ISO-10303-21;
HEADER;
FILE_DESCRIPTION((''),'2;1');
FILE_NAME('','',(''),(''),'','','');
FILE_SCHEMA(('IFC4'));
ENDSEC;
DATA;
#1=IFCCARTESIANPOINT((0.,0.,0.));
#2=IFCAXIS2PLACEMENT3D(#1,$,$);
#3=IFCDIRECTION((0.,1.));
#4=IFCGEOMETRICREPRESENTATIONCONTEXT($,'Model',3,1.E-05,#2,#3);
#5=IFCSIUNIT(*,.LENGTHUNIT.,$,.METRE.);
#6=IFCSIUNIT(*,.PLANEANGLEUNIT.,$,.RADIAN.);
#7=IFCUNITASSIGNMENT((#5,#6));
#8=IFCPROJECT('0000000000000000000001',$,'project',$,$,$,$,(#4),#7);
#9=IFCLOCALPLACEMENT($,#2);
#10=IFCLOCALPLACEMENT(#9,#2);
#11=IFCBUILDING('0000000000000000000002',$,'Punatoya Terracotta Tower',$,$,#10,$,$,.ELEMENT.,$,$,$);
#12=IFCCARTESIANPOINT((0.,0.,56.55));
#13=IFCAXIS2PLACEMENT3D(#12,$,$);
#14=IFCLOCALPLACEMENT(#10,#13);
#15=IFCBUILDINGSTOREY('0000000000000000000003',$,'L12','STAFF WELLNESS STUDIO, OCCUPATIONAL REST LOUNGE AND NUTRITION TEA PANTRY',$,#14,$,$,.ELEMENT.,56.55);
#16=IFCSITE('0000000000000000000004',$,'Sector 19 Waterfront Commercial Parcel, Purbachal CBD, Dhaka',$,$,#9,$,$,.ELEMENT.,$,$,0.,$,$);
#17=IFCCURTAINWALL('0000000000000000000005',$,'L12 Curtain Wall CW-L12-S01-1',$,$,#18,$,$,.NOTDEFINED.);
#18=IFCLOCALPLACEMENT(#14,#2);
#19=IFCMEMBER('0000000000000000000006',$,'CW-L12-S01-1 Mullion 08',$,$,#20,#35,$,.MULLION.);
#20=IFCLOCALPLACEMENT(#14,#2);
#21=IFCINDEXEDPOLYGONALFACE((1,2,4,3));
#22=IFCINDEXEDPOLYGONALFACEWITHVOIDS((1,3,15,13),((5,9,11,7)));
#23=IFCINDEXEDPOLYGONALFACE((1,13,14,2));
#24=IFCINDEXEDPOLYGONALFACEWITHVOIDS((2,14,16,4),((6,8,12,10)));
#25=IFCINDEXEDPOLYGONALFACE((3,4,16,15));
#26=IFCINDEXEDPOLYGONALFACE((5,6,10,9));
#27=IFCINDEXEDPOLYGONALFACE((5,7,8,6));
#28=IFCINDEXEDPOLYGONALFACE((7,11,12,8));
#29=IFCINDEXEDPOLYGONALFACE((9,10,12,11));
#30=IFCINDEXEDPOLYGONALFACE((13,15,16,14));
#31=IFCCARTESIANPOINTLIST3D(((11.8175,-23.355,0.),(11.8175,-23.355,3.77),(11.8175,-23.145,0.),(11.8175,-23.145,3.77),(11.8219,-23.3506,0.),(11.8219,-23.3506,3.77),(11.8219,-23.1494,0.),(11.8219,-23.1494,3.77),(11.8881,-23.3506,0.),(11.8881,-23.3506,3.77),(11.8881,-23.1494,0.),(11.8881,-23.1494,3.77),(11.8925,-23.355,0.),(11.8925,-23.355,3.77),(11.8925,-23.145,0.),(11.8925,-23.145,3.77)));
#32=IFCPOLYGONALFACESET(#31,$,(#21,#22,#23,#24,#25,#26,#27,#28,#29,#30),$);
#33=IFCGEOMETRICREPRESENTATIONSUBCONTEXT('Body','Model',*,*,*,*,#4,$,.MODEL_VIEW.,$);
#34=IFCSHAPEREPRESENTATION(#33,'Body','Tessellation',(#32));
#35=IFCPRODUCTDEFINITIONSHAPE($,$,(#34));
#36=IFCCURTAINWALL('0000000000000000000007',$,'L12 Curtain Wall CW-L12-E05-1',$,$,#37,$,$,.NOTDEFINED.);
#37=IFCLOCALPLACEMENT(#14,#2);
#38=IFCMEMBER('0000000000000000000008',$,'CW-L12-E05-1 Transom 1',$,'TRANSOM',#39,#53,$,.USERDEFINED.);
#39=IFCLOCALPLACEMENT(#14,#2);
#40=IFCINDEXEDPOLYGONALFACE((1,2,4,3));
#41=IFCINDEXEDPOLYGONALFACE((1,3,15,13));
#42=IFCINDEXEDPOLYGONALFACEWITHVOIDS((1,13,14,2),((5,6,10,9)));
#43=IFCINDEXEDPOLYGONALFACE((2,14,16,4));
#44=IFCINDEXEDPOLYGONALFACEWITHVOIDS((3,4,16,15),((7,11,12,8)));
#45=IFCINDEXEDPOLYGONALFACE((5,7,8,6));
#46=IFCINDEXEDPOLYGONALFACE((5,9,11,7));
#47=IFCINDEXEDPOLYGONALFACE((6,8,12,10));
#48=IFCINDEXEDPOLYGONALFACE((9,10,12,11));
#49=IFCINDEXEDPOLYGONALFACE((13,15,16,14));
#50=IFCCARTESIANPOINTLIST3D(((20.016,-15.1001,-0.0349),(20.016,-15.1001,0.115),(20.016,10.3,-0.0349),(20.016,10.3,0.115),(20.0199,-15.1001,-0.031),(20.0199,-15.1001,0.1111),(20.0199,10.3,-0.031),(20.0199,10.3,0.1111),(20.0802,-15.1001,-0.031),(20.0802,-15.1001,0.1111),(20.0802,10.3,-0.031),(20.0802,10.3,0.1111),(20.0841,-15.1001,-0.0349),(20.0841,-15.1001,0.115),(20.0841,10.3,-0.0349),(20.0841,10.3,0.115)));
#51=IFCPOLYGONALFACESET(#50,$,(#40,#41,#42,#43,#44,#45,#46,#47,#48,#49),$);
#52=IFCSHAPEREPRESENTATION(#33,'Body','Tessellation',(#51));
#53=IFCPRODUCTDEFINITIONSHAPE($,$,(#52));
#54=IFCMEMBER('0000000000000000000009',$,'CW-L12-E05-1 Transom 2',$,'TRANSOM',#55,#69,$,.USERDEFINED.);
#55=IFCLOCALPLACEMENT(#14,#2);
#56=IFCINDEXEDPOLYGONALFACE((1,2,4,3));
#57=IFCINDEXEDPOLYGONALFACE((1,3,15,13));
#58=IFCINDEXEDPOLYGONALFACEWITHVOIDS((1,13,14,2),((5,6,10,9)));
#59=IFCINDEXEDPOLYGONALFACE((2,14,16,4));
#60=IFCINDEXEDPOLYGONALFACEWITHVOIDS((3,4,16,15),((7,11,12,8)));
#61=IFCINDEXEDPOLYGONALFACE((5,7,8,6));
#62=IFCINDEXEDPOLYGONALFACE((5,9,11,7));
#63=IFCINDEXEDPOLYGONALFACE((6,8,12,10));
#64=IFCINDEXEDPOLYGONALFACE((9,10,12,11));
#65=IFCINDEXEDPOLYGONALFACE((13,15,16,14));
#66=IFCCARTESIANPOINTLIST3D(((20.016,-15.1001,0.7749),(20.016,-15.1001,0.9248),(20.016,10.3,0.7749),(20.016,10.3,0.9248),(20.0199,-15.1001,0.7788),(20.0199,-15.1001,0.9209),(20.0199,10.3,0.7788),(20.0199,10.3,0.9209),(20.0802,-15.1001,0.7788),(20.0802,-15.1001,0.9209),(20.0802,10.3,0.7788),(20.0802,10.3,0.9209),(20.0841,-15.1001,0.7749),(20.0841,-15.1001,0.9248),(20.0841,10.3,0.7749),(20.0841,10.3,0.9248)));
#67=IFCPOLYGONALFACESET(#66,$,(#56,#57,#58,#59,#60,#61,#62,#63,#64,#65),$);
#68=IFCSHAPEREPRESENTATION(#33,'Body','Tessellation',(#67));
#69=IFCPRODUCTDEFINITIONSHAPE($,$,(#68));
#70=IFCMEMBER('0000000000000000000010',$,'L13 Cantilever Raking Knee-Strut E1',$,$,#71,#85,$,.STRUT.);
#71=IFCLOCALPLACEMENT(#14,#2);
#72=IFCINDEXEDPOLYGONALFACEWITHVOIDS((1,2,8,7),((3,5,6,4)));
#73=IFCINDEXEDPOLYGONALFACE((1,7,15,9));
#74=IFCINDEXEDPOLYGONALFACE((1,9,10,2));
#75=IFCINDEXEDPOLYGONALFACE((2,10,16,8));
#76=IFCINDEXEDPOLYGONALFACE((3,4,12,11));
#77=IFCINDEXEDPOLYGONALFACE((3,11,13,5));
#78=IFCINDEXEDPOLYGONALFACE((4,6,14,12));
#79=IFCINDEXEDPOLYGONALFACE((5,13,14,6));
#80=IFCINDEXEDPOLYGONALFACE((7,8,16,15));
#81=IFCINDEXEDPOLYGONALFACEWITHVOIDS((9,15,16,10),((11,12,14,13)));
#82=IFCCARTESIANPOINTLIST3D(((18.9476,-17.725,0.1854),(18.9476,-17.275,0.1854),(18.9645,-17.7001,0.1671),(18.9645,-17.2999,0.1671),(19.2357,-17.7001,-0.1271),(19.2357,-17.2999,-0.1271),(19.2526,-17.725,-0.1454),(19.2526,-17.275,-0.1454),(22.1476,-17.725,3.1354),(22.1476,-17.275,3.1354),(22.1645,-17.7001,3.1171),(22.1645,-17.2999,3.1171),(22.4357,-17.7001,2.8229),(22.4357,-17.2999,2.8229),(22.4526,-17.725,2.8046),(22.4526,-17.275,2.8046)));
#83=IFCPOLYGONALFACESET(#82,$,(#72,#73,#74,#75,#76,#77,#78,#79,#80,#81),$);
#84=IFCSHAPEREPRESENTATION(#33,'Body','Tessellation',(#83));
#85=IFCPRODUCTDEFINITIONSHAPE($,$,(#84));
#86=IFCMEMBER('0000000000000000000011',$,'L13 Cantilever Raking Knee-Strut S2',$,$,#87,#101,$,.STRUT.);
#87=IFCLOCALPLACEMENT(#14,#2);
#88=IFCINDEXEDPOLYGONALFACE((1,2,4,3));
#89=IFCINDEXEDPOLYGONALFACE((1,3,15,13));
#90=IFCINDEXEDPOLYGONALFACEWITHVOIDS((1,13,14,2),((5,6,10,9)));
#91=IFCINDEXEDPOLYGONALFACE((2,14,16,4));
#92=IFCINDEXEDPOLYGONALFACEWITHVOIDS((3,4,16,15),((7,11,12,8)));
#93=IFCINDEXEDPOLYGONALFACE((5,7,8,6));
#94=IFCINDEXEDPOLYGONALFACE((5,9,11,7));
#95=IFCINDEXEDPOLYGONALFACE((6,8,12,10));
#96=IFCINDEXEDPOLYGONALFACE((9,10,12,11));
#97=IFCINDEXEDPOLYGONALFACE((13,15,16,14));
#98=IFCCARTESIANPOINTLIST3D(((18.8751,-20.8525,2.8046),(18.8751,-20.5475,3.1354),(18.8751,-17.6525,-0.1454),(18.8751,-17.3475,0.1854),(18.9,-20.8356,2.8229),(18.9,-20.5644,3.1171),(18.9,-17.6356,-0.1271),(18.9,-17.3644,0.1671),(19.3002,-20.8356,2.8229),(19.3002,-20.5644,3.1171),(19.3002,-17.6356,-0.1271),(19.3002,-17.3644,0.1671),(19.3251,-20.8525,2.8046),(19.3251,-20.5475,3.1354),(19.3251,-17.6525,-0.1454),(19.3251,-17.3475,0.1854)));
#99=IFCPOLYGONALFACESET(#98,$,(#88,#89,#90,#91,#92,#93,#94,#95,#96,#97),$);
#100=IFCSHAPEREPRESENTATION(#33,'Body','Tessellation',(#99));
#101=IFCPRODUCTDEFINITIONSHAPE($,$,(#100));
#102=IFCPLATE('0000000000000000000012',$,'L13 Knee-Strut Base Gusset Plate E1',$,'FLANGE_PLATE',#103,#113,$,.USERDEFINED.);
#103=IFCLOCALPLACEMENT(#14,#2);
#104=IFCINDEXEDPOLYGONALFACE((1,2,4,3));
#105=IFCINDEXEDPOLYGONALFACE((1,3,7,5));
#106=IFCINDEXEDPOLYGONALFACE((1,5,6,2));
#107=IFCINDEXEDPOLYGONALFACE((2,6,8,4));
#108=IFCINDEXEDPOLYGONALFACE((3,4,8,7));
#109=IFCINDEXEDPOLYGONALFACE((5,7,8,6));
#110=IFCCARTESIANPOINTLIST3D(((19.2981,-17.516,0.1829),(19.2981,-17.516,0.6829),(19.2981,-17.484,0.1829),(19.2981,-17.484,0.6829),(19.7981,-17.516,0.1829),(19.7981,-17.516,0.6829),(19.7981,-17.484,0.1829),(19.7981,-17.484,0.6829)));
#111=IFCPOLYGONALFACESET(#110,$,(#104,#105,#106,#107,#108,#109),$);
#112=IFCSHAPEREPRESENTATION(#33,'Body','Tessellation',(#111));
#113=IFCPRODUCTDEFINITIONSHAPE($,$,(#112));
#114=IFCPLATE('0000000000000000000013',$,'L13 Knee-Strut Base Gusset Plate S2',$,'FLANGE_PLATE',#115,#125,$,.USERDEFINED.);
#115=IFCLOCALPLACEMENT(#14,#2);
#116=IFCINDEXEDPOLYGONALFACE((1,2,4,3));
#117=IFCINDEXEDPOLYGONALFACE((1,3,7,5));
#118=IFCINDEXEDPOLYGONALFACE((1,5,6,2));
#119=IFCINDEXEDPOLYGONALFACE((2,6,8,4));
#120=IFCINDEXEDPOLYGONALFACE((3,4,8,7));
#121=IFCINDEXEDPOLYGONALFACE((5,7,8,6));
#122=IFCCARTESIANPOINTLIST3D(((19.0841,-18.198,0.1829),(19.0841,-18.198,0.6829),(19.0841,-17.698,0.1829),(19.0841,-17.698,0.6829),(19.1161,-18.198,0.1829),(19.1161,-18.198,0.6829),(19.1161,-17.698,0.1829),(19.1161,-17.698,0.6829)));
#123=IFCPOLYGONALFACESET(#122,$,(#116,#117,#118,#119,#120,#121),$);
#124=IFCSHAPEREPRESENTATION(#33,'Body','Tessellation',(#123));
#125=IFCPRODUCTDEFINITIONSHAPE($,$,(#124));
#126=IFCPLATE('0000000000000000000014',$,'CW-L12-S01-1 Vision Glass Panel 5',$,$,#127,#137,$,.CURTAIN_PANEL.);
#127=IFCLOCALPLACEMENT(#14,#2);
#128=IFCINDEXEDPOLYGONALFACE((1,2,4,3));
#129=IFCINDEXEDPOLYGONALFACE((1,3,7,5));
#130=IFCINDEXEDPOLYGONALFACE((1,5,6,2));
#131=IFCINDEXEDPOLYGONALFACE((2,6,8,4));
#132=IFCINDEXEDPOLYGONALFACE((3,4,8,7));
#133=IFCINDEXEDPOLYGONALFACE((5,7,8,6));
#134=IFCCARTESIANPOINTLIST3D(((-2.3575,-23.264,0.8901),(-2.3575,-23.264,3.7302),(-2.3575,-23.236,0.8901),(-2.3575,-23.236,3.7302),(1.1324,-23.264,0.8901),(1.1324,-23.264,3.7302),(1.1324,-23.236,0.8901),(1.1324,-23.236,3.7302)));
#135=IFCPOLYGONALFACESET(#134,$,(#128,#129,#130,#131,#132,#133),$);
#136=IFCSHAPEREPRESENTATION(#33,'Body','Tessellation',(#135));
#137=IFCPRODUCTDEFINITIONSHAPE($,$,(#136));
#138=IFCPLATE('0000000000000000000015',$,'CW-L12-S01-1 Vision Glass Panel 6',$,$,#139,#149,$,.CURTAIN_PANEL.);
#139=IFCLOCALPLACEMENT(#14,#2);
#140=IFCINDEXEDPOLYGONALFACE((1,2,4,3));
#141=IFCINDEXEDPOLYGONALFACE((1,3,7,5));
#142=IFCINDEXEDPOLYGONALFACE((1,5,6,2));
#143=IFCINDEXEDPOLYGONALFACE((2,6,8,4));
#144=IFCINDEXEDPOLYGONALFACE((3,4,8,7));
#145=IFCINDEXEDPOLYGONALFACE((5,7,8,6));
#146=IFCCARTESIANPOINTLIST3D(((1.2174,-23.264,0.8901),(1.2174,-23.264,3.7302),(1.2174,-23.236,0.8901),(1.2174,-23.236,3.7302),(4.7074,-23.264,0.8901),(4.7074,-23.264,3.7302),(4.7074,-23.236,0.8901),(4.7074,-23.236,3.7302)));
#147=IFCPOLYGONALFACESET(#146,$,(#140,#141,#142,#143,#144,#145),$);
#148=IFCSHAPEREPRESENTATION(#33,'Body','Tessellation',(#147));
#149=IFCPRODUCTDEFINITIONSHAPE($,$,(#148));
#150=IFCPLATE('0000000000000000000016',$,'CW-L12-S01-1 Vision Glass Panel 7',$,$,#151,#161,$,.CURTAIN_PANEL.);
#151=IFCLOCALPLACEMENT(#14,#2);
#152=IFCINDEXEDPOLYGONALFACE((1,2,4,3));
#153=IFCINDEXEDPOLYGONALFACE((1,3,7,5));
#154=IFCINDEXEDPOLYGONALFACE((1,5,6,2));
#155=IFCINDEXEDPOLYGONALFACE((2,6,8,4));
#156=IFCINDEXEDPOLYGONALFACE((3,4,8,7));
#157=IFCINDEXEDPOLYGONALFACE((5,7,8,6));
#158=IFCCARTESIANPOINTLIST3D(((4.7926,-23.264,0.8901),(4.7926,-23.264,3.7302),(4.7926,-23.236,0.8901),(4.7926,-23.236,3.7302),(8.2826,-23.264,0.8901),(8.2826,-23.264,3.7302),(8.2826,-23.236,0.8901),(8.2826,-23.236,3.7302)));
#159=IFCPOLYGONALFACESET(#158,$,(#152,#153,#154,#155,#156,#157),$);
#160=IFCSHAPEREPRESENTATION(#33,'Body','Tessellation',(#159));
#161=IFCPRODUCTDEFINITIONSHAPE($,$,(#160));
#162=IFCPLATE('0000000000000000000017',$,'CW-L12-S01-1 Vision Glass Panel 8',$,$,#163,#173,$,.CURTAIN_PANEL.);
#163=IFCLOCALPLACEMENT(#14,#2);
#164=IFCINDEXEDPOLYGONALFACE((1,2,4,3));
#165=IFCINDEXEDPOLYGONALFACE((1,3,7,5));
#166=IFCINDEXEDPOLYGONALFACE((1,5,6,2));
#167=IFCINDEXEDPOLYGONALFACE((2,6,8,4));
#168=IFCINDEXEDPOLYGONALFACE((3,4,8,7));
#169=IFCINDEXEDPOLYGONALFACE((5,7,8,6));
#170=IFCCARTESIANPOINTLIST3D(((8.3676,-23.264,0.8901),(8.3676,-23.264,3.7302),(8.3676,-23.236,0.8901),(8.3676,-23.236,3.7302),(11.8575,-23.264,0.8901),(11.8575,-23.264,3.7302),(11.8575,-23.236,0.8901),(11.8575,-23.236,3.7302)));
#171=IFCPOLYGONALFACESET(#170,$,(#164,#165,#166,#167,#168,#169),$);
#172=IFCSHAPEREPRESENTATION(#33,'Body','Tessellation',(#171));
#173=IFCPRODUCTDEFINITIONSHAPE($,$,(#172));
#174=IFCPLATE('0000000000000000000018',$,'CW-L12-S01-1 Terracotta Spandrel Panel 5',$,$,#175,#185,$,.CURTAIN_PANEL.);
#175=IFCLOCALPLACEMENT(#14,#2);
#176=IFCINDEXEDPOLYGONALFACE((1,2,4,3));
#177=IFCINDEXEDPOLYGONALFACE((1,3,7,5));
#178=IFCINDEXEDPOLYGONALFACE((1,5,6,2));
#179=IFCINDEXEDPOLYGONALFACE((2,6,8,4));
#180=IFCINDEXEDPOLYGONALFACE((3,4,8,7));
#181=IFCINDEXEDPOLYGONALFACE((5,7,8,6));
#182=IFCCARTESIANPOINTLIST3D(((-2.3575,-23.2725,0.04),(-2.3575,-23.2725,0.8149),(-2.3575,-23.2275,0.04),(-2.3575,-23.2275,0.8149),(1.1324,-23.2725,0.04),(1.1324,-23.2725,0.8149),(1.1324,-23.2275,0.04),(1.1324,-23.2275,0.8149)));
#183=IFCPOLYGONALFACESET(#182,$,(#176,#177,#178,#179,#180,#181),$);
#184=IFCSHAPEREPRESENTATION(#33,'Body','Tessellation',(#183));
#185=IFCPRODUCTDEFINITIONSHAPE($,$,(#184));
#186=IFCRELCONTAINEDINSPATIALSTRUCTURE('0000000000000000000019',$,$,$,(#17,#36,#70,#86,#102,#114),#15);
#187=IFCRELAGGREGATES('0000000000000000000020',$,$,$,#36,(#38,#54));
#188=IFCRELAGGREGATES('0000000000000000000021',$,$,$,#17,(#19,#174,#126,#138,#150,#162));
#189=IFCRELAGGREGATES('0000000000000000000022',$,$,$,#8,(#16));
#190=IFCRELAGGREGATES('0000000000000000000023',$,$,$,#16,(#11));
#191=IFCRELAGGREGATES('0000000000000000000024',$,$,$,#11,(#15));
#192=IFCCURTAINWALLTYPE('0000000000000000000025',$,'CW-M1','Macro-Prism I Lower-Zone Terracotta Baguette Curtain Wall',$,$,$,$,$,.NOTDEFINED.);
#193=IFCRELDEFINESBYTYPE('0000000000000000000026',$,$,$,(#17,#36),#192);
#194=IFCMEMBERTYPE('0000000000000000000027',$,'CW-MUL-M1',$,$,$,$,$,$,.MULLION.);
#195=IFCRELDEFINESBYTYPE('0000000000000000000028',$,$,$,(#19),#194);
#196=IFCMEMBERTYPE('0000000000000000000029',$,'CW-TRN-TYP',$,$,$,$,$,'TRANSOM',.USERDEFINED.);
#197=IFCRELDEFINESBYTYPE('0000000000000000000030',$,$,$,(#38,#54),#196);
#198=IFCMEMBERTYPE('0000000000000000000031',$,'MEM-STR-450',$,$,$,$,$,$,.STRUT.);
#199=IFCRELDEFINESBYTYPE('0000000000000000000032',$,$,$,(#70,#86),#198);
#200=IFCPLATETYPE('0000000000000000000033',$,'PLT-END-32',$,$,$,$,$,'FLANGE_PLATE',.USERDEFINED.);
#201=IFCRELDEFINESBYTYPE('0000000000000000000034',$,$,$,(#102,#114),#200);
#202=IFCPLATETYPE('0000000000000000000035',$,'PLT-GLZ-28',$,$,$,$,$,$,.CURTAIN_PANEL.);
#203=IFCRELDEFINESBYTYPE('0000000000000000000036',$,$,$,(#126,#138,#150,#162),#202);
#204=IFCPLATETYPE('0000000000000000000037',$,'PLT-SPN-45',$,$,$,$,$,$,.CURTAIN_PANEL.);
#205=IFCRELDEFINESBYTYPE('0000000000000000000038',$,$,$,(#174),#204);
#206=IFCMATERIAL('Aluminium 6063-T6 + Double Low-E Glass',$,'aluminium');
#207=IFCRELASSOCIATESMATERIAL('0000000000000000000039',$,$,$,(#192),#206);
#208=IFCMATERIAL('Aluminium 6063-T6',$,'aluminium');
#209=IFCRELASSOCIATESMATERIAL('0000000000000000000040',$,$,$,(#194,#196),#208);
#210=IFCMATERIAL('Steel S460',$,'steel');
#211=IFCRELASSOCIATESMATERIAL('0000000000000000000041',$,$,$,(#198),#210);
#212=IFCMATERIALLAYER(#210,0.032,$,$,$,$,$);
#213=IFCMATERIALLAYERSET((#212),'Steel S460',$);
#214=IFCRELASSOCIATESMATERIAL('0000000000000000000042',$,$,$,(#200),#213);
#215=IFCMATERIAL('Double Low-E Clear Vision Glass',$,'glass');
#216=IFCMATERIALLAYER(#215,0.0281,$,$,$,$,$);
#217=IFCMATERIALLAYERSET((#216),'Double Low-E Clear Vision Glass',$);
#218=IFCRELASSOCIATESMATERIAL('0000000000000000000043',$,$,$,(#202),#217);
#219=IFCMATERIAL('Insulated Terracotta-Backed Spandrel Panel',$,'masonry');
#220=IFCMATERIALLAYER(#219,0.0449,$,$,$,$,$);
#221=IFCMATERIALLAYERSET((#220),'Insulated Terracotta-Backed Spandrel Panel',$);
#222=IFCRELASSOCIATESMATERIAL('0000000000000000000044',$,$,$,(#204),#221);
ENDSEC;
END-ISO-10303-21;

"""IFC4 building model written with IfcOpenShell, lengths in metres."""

from ifc_helpers import new_model, si_unit, direction, frame, origin, origin_2d, place, context, subcontext, project, spatial, rectangle, hollow_rectangle, extrude, material, layer, layer_set, material_profile, profile_set, type_object, element, aggregate, save


model = new_model("IFC4")

# Units and contexts
model_context = context("Model", 3, precision=1e-05, world=origin(), true_north=direction((0.0, 1.0)))
body_context = subcontext(model_context, "Body", "Model", "MODEL_VIEW")
ifc_project = project(units=[si_unit("LENGTHUNIT", "METRE"), si_unit("PLANEANGLEUNIT", "RADIAN")], contexts=[model_context])

# Site, building, storey
site_placement = place(None, origin())
site = spatial("IfcSite", under=ifc_project, at=site_placement, Name="Sector 19 Waterfront Commercial Parcel, Purbachal CBD, Dhaka", CompositionType="ELEMENT", RefElevation=0.0)
building_placement = place(site_placement, origin())
building = spatial("IfcBuilding", under=site, at=building_placement, Name="Punatoya Terracotta Tower", CompositionType="ELEMENT")
storey_placement = place(building_placement, frame((0.0, 0.0, 56.55)))
storey = spatial("IfcBuildingStorey", under=building, at=storey_placement, Name="L12", Description="STAFF WELLNESS STUDIO, OCCUPATIONAL REST LOUNGE AND NUTRITION TEA PANTRY", CompositionType="ELEMENT", Elevation=56.55)

# Shared definitions
ifc_material_1 = material(Name="Steel S460", Category="steel")

# Curtain walls, members
ifc_material_2 = material(Name="Aluminium 6063-T6 + Double Low-E Glass", Category="aluminium")
curtain_wall_type = type_object("IfcCurtainWallType", Name="CW-M1", Description="Macro-Prism I Lower-Zone Terracotta Baguette Curtain Wall", PredefinedType="NOTDEFINED", material=ifc_material_2)
curtain_wall_1_placement = place(storey_placement, origin())
curtain_wall_1 = element("IfcCurtainWall", 1, at=curtain_wall_1_placement, inside=storey, type_object=curtain_wall_type, Name="L12 Curtain Wall CW-L12-S01-1", PredefinedType="NOTDEFINED")
ifc_material_3 = material(Name="Aluminium 6063-T6", Category="aluminium")
ifc_material_profile_1 = material_profile(ifc_material_3, hollow_rectangle(XDim=0.075, YDim=0.21, WallThickness=0.0044, at=origin_2d()))
ifc_profile_set_1 = profile_set([ifc_material_profile_1], Name="Aluminium 6063-T6")
member_type_1 = type_object("IfcMemberType", Name="CW-MUL-M1", PredefinedType="MULLION", material=ifc_profile_set_1)
member_1_placement = place(storey_placement, frame((11.855, -23.25, 0.0), z_axis=(0.0, 0.0, 1.0), x_axis=(1.0, 0.0, 0.0)))
member_1 = element("IfcMember", 2, at=member_1_placement, type_object=member_type_1, Name="CW-L12-S01-1 Mullion 08", PredefinedType="MULLION", context=body_context, shape_type="SweptSolid", body=[
    extrude(hollow_rectangle(XDim=0.075, YDim=0.21, WallThickness=0.0044, at=origin_2d()), origin(), (0.0, 0.0, 1.0), 3.77),
])
curtain_wall_2_placement = place(storey_placement, origin())
curtain_wall_2 = element("IfcCurtainWall", 3, at=curtain_wall_2_placement, inside=storey, type_object=curtain_wall_type, Name="L12 Curtain Wall CW-L12-E05-1", PredefinedType="NOTDEFINED")
ifc_material_profile_2 = material_profile(ifc_material_3, hollow_rectangle(XDim=0.0681, YDim=0.1499, WallThickness=0.0039, at=origin_2d()))
ifc_profile_set_2 = profile_set([ifc_material_profile_2], Name="Aluminium 6063-T6")
member_type_2 = type_object("IfcMemberType", Name="CW-TRN-TYP", ElementType="TRANSOM", PredefinedType="USERDEFINED", material=ifc_profile_set_2)
member_2_placement = place(storey_placement, frame((20.05, -15.1001, 0.04), z_axis=(0.0, 1.0, 0.0), x_axis=(-1.0, 0.0, 0.0)))
member_2 = element("IfcMember", 4, at=member_2_placement, type_object=member_type_2, Name="CW-L12-E05-1 Transom 1", ObjectType="TRANSOM", PredefinedType="USERDEFINED", context=body_context, shape_type="SweptSolid", body=[
    extrude(hollow_rectangle(XDim=0.0681, YDim=0.1499, WallThickness=0.0039, at=origin_2d()), origin(), (0.0, 0.0, 1.0), 25.4001),
])
member_3_placement = place(storey_placement, frame((20.05, -15.1001, 0.8499), z_axis=(0.0, 1.0, 0.0), x_axis=(-1.0, 0.0, 0.0)))
member_3 = element("IfcMember", 5, at=member_3_placement, type_object=member_type_2, Name="CW-L12-E05-1 Transom 2", ObjectType="TRANSOM", PredefinedType="USERDEFINED", context=body_context, shape_type="SweptSolid", body=[
    extrude(hollow_rectangle(XDim=0.0681, YDim=0.1499, WallThickness=0.0039, at=origin_2d()), origin(), (0.0, 0.0, 1.0), 25.4001),
])
aggregate(curtain_wall_2, [member_2, member_3])

# Members
ifc_material_profile_3 = material_profile(ifc_material_1, hollow_rectangle(XDim=0.45, YDim=0.45, WallThickness=0.0249, at=origin_2d()))
ifc_profile_set_3 = profile_set([ifc_material_profile_3], Name="Steel S460")
member_type_3 = type_object("IfcMemberType", Name="MEM-STR-450", PredefinedType="STRUT", material=ifc_profile_set_3)
for number, where, z_axis, x_axis, name in (
    (6, (19.1001, -17.5, 0.02), (0.735244, 0.0, 0.677802), (0.0, 1.0, 0.0), "L13 Cantilever Raking Knee-Strut E1"),
    (7, (19.1001, -17.5, 0.02), (0.0, -0.735244, 0.677802), (1.0, 0.0, 0.0), "L13 Cantilever Raking Knee-Strut S2"),
):
    element("IfcMember", number, at=place(storey_placement, frame(where, z_axis=z_axis, x_axis=x_axis)), inside=storey, type_object=member_type_3, Name=name, PredefinedType="STRUT", context=body_context, shape_type="SweptSolid", body=[
        extrude(hollow_rectangle(XDim=0.45, YDim=0.45, WallThickness=0.0249, at=origin_2d()), origin(), (0.0, 0.0, 1.0), 4.3523),
    ])

# Plates
ifc_layer_1 = layer(ifc_material_1, 0.032)
ifc_layer_set_1 = layer_set([ifc_layer_1], Name="Steel S460")
plate_type_1 = type_object("IfcPlateType", Name="PLT-END-32", ElementType="FLANGE_PLATE", PredefinedType="USERDEFINED", material=ifc_layer_set_1)
for number, where, z_axis, x_axis, name in (
    (8, (19.5481, -17.5, 0.1829), (0.0, 0.0, 1.0), (1.0, 0.0, 0.0), "L13 Knee-Strut Base Gusset Plate E1"),
    (9, (19.1001, -17.948, 0.1829), (0.0, 0.0, 1.0), (0.0, 1.0, 0.0), "L13 Knee-Strut Base Gusset Plate S2"),
):
    element("IfcPlate", number, at=place(storey_placement, frame(where, z_axis=z_axis, x_axis=x_axis)), inside=storey, type_object=plate_type_1, Name=name, ObjectType="FLANGE_PLATE", PredefinedType="USERDEFINED", context=body_context, shape_type="SweptSolid", body=[
        extrude(rectangle(XDim=0.5, YDim=0.032, at=origin_2d()), origin(), (0.0, 0.0, 1.0), 0.5),
    ])

# Plates
ifc_material_4 = material(Name="Double Low-E Clear Vision Glass", Category="glass")
ifc_layer_2 = layer(ifc_material_4, 0.0281)
ifc_layer_set_2 = layer_set([ifc_layer_2], Name="Double Low-E Clear Vision Glass")
plate_type_2 = type_object("IfcPlateType", Name="PLT-GLZ-28", PredefinedType="CURTAIN_PANEL", material=ifc_layer_set_2)
plate_1_placement = place(storey_placement, frame((-0.6125, -23.25, 0.8901), z_axis=(0.0, 0.0, 1.0), x_axis=(1.0, 0.0, 0.0)))
plate_1 = element("IfcPlate", 10, at=plate_1_placement, type_object=plate_type_2, Name="CW-L12-S01-1 Vision Glass Panel 5", PredefinedType="CURTAIN_PANEL", context=body_context, shape_type="SweptSolid", body=[
    extrude(rectangle(XDim=3.49, YDim=0.0281, at=origin_2d()), origin(), (0.0, 0.0, 1.0), 2.8401),
])
plate_2_placement = place(storey_placement, frame((2.9624, -23.25, 0.8901), z_axis=(0.0, 0.0, 1.0), x_axis=(1.0, 0.0, 0.0)))
plate_2 = element("IfcPlate", 11, at=plate_2_placement, type_object=plate_type_2, Name="CW-L12-S01-1 Vision Glass Panel 6", PredefinedType="CURTAIN_PANEL", context=body_context, shape_type="SweptSolid", body=[
    extrude(rectangle(XDim=3.49, YDim=0.0281, at=origin_2d()), origin(), (0.0, 0.0, 1.0), 2.8401),
])
plate_3_placement = place(storey_placement, frame((6.5376, -23.25, 0.8901), z_axis=(0.0, 0.0, 1.0), x_axis=(1.0, 0.0, 0.0)))
plate_3 = element("IfcPlate", 12, at=plate_3_placement, type_object=plate_type_2, Name="CW-L12-S01-1 Vision Glass Panel 7", PredefinedType="CURTAIN_PANEL", context=body_context, shape_type="SweptSolid", body=[
    extrude(rectangle(XDim=3.49, YDim=0.0281, at=origin_2d()), origin(), (0.0, 0.0, 1.0), 2.8401),
])
plate_4_placement = place(storey_placement, frame((10.1125, -23.25, 0.8901), z_axis=(0.0, 0.0, 1.0), x_axis=(1.0, 0.0, 0.0)))
plate_4 = element("IfcPlate", 13, at=plate_4_placement, type_object=plate_type_2, Name="CW-L12-S01-1 Vision Glass Panel 8", PredefinedType="CURTAIN_PANEL", context=body_context, shape_type="SweptSolid", body=[
    extrude(rectangle(XDim=3.49, YDim=0.0281, at=origin_2d()), origin(), (0.0, 0.0, 1.0), 2.8401),
])
ifc_material_5 = material(Name="Insulated Terracotta-Backed Spandrel Panel", Category="masonry")
ifc_layer_3 = layer(ifc_material_5, 0.0449)
ifc_layer_set_3 = layer_set([ifc_layer_3], Name="Insulated Terracotta-Backed Spandrel Panel")
plate_type_3 = type_object("IfcPlateType", Name="PLT-SPN-45", PredefinedType="CURTAIN_PANEL", material=ifc_layer_set_3)
plate_5_placement = place(storey_placement, frame((-0.6125, -23.25, 0.04), z_axis=(0.0, 0.0, 1.0), x_axis=(1.0, 0.0, 0.0)))
plate_5 = element("IfcPlate", 14, at=plate_5_placement, type_object=plate_type_3, Name="CW-L12-S01-1 Terracotta Spandrel Panel 5", PredefinedType="CURTAIN_PANEL", context=body_context, shape_type="SweptSolid", body=[
    extrude(rectangle(XDim=3.49, YDim=0.0449, at=origin_2d()), origin(), (0.0, 0.0, 1.0), 0.7749),
])
aggregate(curtain_wall_1, [member_1, plate_5, plate_1, plate_2, plate_3, plate_4])

save(model, "model.ifc")
